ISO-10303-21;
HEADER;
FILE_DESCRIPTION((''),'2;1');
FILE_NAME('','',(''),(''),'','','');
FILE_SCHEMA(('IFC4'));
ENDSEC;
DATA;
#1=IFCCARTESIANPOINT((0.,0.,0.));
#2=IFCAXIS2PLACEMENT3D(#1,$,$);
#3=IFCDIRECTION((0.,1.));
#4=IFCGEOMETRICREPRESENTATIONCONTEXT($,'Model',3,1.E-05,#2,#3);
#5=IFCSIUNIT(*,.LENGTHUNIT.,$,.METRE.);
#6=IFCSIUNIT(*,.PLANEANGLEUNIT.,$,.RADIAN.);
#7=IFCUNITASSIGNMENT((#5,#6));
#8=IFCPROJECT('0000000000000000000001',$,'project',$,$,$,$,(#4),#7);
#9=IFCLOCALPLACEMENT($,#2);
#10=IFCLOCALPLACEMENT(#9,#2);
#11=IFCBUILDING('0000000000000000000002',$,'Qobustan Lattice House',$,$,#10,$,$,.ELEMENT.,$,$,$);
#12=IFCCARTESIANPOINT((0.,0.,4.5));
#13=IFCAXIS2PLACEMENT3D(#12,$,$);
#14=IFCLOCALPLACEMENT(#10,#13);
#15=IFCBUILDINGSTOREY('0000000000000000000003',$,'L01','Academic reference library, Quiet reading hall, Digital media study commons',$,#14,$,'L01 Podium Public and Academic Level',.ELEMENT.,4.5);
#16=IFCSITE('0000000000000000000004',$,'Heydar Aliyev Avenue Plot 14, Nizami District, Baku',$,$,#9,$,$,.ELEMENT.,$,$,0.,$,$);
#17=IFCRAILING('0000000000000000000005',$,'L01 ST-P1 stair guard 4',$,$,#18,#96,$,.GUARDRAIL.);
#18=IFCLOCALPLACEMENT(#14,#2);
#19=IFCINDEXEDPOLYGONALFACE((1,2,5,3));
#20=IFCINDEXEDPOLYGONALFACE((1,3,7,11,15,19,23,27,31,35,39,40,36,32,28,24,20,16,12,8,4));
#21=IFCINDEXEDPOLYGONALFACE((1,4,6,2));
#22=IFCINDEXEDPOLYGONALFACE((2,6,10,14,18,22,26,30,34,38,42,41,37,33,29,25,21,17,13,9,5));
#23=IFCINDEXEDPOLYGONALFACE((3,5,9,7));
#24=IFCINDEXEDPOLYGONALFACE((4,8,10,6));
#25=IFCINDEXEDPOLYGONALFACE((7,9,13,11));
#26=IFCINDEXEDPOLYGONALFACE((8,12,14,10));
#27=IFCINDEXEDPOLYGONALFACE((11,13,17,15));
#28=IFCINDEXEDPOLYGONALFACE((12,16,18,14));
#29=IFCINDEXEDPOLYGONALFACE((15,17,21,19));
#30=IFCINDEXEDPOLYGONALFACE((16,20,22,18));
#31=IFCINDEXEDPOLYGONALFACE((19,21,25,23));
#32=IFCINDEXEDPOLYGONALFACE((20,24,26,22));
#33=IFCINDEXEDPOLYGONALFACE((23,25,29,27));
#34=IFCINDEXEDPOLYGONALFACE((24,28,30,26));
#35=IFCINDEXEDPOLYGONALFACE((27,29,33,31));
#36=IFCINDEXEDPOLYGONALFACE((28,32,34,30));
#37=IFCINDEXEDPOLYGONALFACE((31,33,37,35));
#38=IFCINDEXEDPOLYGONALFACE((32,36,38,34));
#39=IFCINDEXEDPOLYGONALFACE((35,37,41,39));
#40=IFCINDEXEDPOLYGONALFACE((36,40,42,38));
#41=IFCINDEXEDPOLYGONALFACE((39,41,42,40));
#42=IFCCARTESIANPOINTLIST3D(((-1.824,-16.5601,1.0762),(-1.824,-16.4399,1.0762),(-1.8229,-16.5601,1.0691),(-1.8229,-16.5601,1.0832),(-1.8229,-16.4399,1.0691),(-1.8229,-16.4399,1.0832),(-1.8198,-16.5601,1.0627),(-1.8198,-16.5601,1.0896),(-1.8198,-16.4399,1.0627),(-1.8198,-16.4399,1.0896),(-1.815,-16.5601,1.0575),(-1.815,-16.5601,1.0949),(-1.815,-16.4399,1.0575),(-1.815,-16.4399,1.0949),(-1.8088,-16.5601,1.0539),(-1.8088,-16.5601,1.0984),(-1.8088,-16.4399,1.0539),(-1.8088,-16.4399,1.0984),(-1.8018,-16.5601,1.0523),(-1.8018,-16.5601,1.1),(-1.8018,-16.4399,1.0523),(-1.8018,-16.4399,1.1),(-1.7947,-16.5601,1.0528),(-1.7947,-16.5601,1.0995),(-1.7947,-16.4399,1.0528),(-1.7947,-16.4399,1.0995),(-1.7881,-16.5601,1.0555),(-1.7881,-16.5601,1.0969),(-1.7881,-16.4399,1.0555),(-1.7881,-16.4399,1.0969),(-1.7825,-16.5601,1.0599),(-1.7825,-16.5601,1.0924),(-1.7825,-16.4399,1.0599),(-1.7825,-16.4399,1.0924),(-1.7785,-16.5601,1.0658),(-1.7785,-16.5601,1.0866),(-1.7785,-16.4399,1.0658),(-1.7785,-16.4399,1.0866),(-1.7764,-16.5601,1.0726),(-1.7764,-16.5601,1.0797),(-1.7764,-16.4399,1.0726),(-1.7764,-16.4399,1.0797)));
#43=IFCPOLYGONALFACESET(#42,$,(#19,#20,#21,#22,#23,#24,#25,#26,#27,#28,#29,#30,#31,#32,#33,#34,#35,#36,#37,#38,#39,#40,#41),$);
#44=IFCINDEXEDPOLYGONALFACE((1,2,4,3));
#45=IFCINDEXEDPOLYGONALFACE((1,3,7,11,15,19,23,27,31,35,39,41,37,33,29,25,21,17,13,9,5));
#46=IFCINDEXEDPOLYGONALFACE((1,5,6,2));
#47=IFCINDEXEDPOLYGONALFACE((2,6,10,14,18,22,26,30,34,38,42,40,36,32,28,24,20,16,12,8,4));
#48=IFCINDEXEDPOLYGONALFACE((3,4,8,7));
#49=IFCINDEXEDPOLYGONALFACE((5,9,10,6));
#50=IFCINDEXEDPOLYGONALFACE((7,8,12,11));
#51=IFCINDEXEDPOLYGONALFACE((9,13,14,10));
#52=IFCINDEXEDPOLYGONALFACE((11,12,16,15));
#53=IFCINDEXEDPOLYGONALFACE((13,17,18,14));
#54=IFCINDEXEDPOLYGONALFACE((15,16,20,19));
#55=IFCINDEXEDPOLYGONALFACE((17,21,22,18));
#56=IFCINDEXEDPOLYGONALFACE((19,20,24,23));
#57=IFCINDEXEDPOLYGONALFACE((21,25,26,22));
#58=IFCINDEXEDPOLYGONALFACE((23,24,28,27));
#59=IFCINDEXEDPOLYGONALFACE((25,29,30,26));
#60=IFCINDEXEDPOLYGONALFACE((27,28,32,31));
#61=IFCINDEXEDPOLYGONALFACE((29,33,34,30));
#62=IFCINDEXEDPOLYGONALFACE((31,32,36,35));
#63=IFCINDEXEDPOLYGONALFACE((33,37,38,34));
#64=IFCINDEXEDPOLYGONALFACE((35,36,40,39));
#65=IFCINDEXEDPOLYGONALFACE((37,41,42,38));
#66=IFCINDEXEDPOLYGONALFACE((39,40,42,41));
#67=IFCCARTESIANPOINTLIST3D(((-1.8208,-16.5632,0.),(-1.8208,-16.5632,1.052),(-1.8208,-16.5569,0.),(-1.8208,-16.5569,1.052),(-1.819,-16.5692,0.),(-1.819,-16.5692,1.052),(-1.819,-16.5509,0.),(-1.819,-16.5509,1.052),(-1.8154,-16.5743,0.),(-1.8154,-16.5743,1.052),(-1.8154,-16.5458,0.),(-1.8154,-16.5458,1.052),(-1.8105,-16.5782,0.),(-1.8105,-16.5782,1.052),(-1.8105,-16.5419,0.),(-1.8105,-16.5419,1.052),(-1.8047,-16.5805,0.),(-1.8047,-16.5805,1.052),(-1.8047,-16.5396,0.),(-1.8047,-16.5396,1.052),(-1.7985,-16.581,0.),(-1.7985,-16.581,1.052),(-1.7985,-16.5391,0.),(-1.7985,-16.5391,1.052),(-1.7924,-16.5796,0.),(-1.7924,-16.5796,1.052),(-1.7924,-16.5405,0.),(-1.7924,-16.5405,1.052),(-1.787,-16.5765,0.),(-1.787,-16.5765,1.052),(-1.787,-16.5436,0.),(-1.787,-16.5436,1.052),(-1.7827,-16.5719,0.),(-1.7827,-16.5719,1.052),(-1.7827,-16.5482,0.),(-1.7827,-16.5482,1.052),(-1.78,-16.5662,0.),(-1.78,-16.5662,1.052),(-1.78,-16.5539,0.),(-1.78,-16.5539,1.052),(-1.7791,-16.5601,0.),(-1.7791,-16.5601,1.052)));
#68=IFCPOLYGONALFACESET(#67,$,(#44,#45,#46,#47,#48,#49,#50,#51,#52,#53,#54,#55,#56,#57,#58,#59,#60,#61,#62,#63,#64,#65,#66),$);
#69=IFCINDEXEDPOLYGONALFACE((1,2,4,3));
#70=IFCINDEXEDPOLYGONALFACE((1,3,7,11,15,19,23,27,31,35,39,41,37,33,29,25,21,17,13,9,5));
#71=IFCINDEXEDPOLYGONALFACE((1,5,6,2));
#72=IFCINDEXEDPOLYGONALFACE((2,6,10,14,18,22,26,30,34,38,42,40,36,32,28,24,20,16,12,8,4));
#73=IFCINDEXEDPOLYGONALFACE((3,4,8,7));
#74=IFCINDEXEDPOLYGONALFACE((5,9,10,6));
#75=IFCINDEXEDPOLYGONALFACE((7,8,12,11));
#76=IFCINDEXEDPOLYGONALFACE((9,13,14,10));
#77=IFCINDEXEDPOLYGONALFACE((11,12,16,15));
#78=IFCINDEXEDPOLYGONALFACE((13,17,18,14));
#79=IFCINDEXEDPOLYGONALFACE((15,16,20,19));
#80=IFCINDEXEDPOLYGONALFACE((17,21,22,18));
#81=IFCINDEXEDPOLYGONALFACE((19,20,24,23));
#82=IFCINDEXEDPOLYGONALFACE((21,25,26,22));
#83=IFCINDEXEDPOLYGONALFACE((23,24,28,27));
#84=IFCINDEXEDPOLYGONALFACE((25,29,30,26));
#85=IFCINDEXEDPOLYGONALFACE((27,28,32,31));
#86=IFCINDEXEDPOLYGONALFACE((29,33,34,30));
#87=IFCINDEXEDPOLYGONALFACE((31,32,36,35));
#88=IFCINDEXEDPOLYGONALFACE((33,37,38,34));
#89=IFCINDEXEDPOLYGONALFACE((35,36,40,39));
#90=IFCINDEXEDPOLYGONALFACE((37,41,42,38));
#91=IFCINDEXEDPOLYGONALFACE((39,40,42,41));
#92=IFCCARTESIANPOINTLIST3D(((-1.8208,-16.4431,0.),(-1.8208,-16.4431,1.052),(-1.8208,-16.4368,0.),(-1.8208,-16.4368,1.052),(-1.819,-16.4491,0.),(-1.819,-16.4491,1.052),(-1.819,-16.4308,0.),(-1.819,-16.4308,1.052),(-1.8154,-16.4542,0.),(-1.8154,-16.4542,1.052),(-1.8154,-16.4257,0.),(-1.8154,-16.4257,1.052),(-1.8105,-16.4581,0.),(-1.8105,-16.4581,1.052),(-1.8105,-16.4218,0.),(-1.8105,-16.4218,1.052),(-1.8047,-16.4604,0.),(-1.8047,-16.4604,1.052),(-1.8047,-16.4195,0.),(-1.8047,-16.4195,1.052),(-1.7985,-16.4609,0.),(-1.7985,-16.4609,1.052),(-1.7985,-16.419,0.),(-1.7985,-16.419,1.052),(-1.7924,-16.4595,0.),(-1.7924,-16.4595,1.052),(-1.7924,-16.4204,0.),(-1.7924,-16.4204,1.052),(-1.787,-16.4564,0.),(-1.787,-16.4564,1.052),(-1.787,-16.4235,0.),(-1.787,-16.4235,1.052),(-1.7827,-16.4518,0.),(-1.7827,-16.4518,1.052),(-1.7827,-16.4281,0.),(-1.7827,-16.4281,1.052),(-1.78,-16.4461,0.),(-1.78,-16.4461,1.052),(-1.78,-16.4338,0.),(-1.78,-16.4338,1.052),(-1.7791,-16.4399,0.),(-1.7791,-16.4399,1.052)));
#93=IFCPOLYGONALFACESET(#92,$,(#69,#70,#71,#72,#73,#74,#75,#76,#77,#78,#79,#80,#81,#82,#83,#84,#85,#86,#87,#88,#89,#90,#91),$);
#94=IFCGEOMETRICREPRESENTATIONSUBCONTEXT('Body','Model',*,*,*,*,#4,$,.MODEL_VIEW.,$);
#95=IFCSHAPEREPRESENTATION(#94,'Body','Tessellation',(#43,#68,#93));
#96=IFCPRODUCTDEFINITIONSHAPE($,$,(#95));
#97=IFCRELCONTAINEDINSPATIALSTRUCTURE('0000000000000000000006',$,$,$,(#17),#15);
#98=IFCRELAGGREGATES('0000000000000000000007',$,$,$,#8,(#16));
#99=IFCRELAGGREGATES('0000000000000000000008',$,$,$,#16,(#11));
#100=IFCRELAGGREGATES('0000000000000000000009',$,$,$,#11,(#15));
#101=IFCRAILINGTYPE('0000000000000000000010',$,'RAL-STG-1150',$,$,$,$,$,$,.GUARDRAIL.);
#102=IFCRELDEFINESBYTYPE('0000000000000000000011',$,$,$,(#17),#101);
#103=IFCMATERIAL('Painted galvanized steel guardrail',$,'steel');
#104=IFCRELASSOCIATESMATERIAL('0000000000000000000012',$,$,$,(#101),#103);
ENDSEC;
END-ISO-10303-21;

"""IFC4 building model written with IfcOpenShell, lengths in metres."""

from ifc_helpers import new_model, si_unit, direction, frame, origin, origin_2d, place, context, subcontext, project, spatial, circle, extrude, material, type_object, element, save


model = new_model("IFC4")

# Units and contexts
model_context = context("Model", 3, precision=1e-05, world=origin(), true_north=direction((0.0, 1.0)))
body_context = subcontext(model_context, "Body", "Model", "MODEL_VIEW")
ifc_project = project(units=[si_unit("LENGTHUNIT", "METRE"), si_unit("PLANEANGLEUNIT", "RADIAN")], contexts=[model_context])

# Site, building, storey
site_placement = place(None, origin())
site = spatial("IfcSite", under=ifc_project, at=site_placement, Name="Heydar Aliyev Avenue Plot 14, Nizami District, Baku", CompositionType="ELEMENT", RefElevation=0.0)
building_placement = place(site_placement, origin())
building = spatial("IfcBuilding", under=site, at=building_placement, Name="Qobustan Lattice House", CompositionType="ELEMENT")
storey_placement = place(building_placement, frame((0.0, 0.0, 4.5)))
storey = spatial("IfcBuildingStorey", under=building, at=storey_placement, Name="L01", Description="Academic reference library, Quiet reading hall, Digital media study commons", LongName="L01 Podium Public and Academic Level", CompositionType="ELEMENT", Elevation=4.5)

# Railing
ifc_material_1 = material(Name="Painted galvanized steel guardrail", Category="steel")
railing_type_1 = type_object("IfcRailingType", Name="RAL-STG-1150", PredefinedType="GUARDRAIL", material=ifc_material_1)
railing_1_placement = place(storey_placement, frame((-1.8, -16.5601, 0.0)))
element("IfcRailing", 1, at=railing_1_placement, inside=storey, type_object=railing_type_1, Name="L01 ST-P1 stair guard 4", PredefinedType="GUARDRAIL", context=body_context, shape_type="SweptSolid", body=[
    extrude(circle(Radius=0.0239, at=origin_2d()), frame((0.0, 0.0, 1.0762), z_axis=(0.0, 1.0, 0.0), x_axis=(-1.0, 0.0, 0.0)), (0.0, 0.0, 1.0), 0.1201),
    extrude(circle(Radius=0.021, at=origin_2d()), origin(), (0.0, 0.0, 1.0), 1.052),
    extrude(circle(Radius=0.021, at=origin_2d()), frame((0.0, 0.1201, 0.0)), (0.0, 0.0, 1.0), 1.052),
])

save(model, "model.ifc")
